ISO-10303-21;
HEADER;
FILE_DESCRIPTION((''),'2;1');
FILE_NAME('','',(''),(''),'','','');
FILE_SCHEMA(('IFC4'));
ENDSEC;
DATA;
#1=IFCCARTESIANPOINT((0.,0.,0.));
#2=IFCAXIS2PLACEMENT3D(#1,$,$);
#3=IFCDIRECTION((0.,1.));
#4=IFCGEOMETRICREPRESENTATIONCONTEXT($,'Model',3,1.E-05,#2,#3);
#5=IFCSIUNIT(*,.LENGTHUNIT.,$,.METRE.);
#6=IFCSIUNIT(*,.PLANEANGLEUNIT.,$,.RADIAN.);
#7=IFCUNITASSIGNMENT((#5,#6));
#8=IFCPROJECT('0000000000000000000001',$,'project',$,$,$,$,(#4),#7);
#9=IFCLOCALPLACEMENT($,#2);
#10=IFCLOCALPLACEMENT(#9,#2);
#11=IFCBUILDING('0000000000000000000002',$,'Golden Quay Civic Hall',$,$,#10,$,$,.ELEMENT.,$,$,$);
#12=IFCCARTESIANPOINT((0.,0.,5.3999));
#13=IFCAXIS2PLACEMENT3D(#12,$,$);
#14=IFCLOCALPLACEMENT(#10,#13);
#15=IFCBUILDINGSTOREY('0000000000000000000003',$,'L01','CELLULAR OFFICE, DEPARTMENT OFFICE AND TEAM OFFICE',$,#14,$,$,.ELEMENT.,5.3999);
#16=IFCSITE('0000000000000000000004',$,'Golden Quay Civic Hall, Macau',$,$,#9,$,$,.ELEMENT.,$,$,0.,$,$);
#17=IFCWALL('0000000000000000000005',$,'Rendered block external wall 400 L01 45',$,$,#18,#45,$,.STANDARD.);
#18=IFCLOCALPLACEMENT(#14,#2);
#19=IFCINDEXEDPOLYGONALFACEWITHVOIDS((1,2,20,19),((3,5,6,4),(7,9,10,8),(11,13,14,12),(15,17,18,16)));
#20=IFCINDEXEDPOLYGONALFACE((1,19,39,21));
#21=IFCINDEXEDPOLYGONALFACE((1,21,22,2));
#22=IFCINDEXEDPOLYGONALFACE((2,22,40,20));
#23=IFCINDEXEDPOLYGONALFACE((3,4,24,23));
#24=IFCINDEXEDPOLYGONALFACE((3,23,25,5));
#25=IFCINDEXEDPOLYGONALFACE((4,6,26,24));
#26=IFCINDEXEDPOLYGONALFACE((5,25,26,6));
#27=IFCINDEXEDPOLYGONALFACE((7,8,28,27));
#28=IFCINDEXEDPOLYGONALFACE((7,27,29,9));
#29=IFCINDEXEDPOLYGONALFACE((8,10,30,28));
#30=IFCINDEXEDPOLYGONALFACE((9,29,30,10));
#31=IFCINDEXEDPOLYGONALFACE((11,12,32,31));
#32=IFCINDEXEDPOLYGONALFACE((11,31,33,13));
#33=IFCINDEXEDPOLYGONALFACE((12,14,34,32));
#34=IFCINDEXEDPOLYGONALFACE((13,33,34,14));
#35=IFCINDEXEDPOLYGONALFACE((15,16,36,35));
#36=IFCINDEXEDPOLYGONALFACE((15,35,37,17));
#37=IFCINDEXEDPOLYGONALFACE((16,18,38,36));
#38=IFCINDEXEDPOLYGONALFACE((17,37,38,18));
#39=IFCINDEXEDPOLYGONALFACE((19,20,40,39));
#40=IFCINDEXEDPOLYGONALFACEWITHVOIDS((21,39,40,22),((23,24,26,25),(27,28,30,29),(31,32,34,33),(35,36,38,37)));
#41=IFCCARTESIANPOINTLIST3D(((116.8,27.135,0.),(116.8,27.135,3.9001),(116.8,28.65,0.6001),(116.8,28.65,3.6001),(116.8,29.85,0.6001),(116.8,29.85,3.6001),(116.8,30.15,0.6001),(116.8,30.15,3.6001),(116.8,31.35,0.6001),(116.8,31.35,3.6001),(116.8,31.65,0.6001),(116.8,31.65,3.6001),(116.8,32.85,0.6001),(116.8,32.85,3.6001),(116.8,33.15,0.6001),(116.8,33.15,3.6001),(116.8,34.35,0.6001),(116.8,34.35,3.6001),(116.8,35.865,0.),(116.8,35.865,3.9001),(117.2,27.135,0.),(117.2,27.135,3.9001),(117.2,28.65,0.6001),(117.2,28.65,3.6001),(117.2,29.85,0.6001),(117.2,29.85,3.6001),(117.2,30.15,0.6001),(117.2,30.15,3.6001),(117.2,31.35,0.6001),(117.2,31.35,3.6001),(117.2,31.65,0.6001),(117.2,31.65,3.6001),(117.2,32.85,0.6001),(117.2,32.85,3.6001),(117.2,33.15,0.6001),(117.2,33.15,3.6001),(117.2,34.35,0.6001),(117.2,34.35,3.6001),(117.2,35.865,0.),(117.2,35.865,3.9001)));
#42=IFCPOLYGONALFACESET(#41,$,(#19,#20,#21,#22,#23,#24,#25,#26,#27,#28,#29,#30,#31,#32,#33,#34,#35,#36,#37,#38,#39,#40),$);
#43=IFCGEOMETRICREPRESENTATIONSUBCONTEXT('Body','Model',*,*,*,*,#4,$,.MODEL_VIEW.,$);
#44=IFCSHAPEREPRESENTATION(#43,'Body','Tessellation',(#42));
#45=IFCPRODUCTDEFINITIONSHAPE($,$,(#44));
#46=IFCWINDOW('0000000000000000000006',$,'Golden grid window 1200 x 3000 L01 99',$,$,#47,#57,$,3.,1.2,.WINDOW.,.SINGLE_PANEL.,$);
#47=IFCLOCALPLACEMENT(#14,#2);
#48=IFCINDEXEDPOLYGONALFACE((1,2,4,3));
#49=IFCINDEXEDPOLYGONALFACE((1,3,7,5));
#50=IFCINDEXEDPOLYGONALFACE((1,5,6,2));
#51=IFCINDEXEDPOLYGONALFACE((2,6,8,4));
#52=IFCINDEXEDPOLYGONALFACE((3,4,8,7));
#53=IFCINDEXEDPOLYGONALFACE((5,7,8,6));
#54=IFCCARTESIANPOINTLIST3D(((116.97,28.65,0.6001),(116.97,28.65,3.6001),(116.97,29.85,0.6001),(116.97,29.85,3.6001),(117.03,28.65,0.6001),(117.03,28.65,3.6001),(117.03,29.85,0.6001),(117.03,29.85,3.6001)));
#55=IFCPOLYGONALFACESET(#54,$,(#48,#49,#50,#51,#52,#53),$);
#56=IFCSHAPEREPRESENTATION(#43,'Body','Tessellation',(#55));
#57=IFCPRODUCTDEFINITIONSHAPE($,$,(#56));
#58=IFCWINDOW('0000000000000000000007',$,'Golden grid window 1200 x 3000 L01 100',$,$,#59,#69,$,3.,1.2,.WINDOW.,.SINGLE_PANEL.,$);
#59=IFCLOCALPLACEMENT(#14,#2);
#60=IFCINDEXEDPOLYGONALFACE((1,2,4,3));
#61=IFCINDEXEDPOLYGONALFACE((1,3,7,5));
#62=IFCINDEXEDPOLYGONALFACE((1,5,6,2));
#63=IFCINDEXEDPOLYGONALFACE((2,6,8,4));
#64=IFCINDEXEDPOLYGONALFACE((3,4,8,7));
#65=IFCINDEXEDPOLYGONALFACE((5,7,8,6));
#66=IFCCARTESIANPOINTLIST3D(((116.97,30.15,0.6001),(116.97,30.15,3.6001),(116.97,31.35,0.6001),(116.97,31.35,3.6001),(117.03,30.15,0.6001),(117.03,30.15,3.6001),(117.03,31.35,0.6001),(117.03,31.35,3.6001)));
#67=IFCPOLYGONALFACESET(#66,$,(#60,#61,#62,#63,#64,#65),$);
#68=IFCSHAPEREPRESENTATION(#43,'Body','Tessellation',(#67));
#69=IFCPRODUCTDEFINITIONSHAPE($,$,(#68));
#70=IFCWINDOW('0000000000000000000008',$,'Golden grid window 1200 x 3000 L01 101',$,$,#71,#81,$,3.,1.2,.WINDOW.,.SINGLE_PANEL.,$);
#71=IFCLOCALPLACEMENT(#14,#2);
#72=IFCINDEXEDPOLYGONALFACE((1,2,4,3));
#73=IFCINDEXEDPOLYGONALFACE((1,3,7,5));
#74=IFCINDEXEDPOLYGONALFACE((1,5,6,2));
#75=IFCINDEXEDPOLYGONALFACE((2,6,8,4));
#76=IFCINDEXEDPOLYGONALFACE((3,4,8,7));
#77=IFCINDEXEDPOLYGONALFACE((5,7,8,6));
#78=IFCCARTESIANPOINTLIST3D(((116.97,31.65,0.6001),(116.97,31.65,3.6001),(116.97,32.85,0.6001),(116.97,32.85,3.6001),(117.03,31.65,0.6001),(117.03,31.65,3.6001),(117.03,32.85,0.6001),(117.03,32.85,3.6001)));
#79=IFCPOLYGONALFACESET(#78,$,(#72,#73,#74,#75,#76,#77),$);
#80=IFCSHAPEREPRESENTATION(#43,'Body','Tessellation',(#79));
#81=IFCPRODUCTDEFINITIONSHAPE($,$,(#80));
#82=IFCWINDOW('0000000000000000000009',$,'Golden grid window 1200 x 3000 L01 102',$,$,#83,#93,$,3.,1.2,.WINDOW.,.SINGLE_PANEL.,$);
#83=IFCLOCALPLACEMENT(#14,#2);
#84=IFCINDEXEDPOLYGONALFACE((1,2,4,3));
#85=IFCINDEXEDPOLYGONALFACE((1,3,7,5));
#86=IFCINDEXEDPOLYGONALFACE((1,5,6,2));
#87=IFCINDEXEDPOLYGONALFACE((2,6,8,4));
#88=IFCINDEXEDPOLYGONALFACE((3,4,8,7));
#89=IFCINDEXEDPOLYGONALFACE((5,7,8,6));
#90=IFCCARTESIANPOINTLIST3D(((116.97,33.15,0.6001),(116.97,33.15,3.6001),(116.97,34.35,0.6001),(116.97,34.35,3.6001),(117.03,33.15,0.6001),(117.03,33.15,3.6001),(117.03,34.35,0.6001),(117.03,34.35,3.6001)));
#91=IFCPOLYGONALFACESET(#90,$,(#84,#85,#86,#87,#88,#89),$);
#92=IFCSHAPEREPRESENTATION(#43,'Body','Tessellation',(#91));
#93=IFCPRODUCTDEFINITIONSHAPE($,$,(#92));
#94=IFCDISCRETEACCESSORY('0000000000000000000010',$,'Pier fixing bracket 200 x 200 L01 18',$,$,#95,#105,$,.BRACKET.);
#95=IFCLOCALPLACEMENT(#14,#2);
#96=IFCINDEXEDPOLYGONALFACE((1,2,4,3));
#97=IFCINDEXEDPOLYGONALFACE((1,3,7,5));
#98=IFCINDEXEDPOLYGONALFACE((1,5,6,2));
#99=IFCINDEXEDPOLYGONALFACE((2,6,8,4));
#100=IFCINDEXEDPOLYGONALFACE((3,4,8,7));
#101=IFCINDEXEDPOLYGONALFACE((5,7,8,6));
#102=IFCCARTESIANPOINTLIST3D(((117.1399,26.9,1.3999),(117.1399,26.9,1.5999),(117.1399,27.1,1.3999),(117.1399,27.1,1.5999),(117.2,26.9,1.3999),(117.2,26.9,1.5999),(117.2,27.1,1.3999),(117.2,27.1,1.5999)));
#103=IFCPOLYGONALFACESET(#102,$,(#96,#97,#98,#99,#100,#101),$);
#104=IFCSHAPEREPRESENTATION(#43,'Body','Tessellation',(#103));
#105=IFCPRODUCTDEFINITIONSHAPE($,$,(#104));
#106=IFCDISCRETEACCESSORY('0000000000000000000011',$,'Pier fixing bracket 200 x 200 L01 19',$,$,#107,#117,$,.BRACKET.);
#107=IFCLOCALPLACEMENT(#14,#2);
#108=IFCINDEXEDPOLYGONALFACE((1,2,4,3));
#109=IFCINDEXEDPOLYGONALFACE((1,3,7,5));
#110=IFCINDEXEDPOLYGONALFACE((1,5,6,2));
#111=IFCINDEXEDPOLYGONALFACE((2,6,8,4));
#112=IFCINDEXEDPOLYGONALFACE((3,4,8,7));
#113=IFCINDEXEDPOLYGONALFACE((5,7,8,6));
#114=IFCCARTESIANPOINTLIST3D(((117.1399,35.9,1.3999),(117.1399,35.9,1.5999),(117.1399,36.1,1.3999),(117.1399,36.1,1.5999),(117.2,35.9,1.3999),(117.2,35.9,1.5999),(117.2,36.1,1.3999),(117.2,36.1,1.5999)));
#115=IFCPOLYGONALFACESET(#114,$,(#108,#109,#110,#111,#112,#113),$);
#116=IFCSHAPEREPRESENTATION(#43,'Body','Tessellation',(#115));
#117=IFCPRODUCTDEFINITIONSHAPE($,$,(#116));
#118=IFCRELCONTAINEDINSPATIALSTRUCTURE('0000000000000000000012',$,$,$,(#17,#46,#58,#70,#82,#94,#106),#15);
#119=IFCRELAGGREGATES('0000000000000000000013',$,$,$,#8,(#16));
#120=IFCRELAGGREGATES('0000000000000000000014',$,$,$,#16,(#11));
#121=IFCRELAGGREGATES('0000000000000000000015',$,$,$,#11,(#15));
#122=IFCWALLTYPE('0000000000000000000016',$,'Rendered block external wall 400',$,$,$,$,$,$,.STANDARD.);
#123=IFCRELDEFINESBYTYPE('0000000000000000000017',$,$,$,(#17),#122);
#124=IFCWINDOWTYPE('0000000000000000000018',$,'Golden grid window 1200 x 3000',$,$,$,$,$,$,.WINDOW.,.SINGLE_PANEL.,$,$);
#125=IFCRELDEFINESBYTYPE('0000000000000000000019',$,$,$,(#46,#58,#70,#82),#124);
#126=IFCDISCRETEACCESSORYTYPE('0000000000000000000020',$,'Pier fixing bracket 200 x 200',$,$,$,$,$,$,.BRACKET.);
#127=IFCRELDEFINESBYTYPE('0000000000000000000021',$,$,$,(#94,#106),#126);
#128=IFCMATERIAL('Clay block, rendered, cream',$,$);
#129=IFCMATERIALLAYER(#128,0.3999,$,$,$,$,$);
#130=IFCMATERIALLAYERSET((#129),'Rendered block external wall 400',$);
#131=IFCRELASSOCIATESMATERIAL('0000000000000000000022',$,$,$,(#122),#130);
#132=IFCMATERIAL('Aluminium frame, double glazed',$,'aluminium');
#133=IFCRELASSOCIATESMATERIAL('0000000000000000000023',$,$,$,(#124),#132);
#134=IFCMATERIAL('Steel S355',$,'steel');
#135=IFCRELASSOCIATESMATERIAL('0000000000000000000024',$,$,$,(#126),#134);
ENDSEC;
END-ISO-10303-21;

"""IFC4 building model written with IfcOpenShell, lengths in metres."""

from ifc_helpers import new_model, si_unit, direction, frame, frame_2d, origin, origin_2d, place, context, subcontext, project, spatial, rectangle, extrude, material, layer, layer_set, type_object, element, fill, save


model = new_model("IFC4")

# Units and contexts
model_context = context("Model", 3, precision=1e-05, world=origin(), true_north=direction((0.0, 1.0)))
body_context = subcontext(model_context, "Body", "Model", "MODEL_VIEW")
ifc_project = project(units=[si_unit("LENGTHUNIT", "METRE"), si_unit("PLANEANGLEUNIT", "RADIAN")], contexts=[model_context])

# Site, building, storey
site_placement = place(None, origin())
site = spatial("IfcSite", under=ifc_project, at=site_placement, Name="Golden Quay Civic Hall, Macau", CompositionType="ELEMENT", RefElevation=0.0)
building_placement = place(site_placement, origin())
building = spatial("IfcBuilding", under=site, at=building_placement, Name="Golden Quay Civic Hall", CompositionType="ELEMENT")
storey_placement = place(building_placement, frame((0.0, 0.0, 5.3999)))
storey = spatial("IfcBuildingStorey", under=building, at=storey_placement, Name="L01", Description="CELLULAR OFFICE, DEPARTMENT OFFICE AND TEAM OFFICE", CompositionType="ELEMENT", Elevation=5.3999)

# Wall, openings, windows
ifc_material_1 = material(Name="Clay block, rendered, cream")
ifc_layer = layer(ifc_material_1, 0.3999)
ifc_layer_set = layer_set([ifc_layer], Name="Rendered block external wall 400")
wall_type = type_object("IfcWallType", Name="Rendered block external wall 400", PredefinedType="STANDARD", material=ifc_layer_set)
ifc_material_2 = material(Name="Aluminium frame, double glazed", Category="aluminium")
window_type = type_object("IfcWindowType", Name="Golden grid window 1200 x 3000", PartitioningType="SINGLE_PANEL", PredefinedType="WINDOW", material=ifc_material_2)
wall_1_placement = place(storey_placement, frame((117.0, 35.865, 0.0), z_axis=(0.0, 0.0, 1.0), x_axis=(0.0, -1.0, 0.0)))
wall_1 = element("IfcWall", 1, at=wall_1_placement, inside=storey, type_object=wall_type, Name="Rendered block external wall 400 L01 45", PredefinedType="STANDARD", context=body_context, shape_type="SweptSolid", body=[
    extrude(rectangle(XDim=8.73, YDim=0.3999, at=frame_2d((4.365, 0.0))), origin(), (0.0, 0.0, 1.0), 3.9001),
])
opening_1_placement = place(wall_1_placement, frame((6.0149, 0.0, 0.6001)))
opening_1 = element("IfcOpeningElement", 2, at=opening_1_placement, cuts=wall_1, PredefinedType="OPENING", context=body_context, shape_type="SweptSolid", body=[
    extrude(rectangle(XDim=1.2, YDim=3.0, at=frame_2d((0.6001, 1.5))), frame((0.0, 0.21, 0.0), z_axis=(0.0, -1.0, 0.0), x_axis=(1.0, 0.0, 0.0)), (0.0, 0.0, 1.0), 0.4199),
])
opening_2_placement = place(wall_1_placement, frame((4.5149, 0.0, 0.6001)))
opening_2 = element("IfcOpeningElement", 3, at=opening_2_placement, cuts=wall_1, PredefinedType="OPENING", context=body_context, shape_type="SweptSolid", body=[
    extrude(rectangle(XDim=1.2, YDim=3.0, at=frame_2d((0.6001, 1.5))), frame((0.0, 0.21, 0.0), z_axis=(0.0, -1.0, 0.0), x_axis=(1.0, 0.0, 0.0)), (0.0, 0.0, 1.0), 0.4199),
])
opening_3_placement = place(wall_1_placement, frame((3.0149, 0.0, 0.6001)))
opening_3 = element("IfcOpeningElement", 4, at=opening_3_placement, cuts=wall_1, PredefinedType="OPENING", context=body_context, shape_type="SweptSolid", body=[
    extrude(rectangle(XDim=1.2, YDim=3.0, at=frame_2d((0.6001, 1.5))), frame((0.0, 0.21, 0.0), z_axis=(0.0, -1.0, 0.0), x_axis=(1.0, 0.0, 0.0)), (0.0, 0.0, 1.0), 0.4199),
])
opening_4_placement = place(wall_1_placement, frame((1.5149, 0.0, 0.6001)))
opening_4 = element("IfcOpeningElement", 5, at=opening_4_placement, cuts=wall_1, PredefinedType="OPENING", context=body_context, shape_type="SweptSolid", body=[
    extrude(rectangle(XDim=1.2, YDim=3.0, at=frame_2d((0.6001, 1.5))), frame((0.0, 0.21, 0.0), z_axis=(0.0, -1.0, 0.0), x_axis=(1.0, 0.0, 0.0)), (0.0, 0.0, 1.0), 0.4199),
])
window_1_placement = place(opening_1_placement, origin())
window_1 = element("IfcWindow", 6, at=window_1_placement, inside=storey, type_object=window_type, Name="Golden grid window 1200 x 3000 L01 99", OverallHeight=3.0, OverallWidth=1.2, PartitioningType="SINGLE_PANEL", PredefinedType="WINDOW", context=body_context, shape_type="SweptSolid", body=[
    extrude(rectangle(XDim=1.2, YDim=3.0, at=frame_2d((0.6001, 1.5))), frame((0.0, 0.03, 0.0), z_axis=(0.0, -1.0, 0.0), x_axis=(1.0, 0.0, 0.0)), (0.0, 0.0, 1.0), 0.0601),
])
fill(opening_1, window_1)
window_2_placement = place(opening_2_placement, origin())
window_2 = element("IfcWindow", 7, at=window_2_placement, inside=storey, type_object=window_type, Name="Golden grid window 1200 x 3000 L01 100", OverallHeight=3.0, OverallWidth=1.2, PartitioningType="SINGLE_PANEL", PredefinedType="WINDOW", context=body_context, shape_type="SweptSolid", body=[
    extrude(rectangle(XDim=1.2, YDim=3.0, at=frame_2d((0.6001, 1.5))), frame((0.0, 0.03, 0.0), z_axis=(0.0, -1.0, 0.0), x_axis=(1.0, 0.0, 0.0)), (0.0, 0.0, 1.0), 0.0601),
])
fill(opening_2, window_2)
window_3_placement = place(opening_3_placement, origin())
window_3 = element("IfcWindow", 8, at=window_3_placement, inside=storey, type_object=window_type, Name="Golden grid window 1200 x 3000 L01 101", OverallHeight=3.0, OverallWidth=1.2, PartitioningType="SINGLE_PANEL", PredefinedType="WINDOW", context=body_context, shape_type="SweptSolid", body=[
    extrude(rectangle(XDim=1.2, YDim=3.0, at=frame_2d((0.6001, 1.5))), frame((0.0, 0.03, 0.0), z_axis=(0.0, -1.0, 0.0), x_axis=(1.0, 0.0, 0.0)), (0.0, 0.0, 1.0), 0.0601),
])
fill(opening_3, window_3)
window_4_placement = place(opening_4_placement, origin())
window_4 = element("IfcWindow", 9, at=window_4_placement, inside=storey, type_object=window_type, Name="Golden grid window 1200 x 3000 L01 102", OverallHeight=3.0, OverallWidth=1.2, PartitioningType="SINGLE_PANEL", PredefinedType="WINDOW", context=body_context, shape_type="SweptSolid", body=[
    extrude(rectangle(XDim=1.2, YDim=3.0, at=frame_2d((0.6001, 1.5))), frame((0.0, 0.03, 0.0), z_axis=(0.0, -1.0, 0.0), x_axis=(1.0, 0.0, 0.0)), (0.0, 0.0, 1.0), 0.0601),
])
fill(opening_4, window_4)

# Discrete accessories
ifc_material_3 = material(Name="Steel S355", Category="steel")
discrete_accessory_type = type_object("IfcDiscreteAccessoryType", Name="Pier fixing bracket 200 x 200", PredefinedType="BRACKET", material=ifc_material_3)
for number, where, z_axis, x_axis, name in (
    (10, (117.1699, 27.0, 1.3999), (0.0, 0.0, 1.0), (0.0, 1.0, 0.0), "Pier fixing bracket 200 x 200 L01 18"),
    (11, (117.1699, 36.0, 1.3999), (0.0, 0.0, 1.0), (0.0, 1.0, 0.0), "Pier fixing bracket 200 x 200 L01 19"),
):
    element("IfcDiscreteAccessory", number, at=place(storey_placement, frame(where, z_axis=z_axis, x_axis=x_axis)), inside=storey, type_object=discrete_accessory_type, Name=name, PredefinedType="BRACKET", context=body_context, shape_type="SweptSolid", body=[
        extrude(rectangle(XDim=0.2, YDim=0.0601, at=origin_2d()), origin(), (0.0, 0.0, 1.0), 0.2),
    ])

save(model, "model.ifc")
